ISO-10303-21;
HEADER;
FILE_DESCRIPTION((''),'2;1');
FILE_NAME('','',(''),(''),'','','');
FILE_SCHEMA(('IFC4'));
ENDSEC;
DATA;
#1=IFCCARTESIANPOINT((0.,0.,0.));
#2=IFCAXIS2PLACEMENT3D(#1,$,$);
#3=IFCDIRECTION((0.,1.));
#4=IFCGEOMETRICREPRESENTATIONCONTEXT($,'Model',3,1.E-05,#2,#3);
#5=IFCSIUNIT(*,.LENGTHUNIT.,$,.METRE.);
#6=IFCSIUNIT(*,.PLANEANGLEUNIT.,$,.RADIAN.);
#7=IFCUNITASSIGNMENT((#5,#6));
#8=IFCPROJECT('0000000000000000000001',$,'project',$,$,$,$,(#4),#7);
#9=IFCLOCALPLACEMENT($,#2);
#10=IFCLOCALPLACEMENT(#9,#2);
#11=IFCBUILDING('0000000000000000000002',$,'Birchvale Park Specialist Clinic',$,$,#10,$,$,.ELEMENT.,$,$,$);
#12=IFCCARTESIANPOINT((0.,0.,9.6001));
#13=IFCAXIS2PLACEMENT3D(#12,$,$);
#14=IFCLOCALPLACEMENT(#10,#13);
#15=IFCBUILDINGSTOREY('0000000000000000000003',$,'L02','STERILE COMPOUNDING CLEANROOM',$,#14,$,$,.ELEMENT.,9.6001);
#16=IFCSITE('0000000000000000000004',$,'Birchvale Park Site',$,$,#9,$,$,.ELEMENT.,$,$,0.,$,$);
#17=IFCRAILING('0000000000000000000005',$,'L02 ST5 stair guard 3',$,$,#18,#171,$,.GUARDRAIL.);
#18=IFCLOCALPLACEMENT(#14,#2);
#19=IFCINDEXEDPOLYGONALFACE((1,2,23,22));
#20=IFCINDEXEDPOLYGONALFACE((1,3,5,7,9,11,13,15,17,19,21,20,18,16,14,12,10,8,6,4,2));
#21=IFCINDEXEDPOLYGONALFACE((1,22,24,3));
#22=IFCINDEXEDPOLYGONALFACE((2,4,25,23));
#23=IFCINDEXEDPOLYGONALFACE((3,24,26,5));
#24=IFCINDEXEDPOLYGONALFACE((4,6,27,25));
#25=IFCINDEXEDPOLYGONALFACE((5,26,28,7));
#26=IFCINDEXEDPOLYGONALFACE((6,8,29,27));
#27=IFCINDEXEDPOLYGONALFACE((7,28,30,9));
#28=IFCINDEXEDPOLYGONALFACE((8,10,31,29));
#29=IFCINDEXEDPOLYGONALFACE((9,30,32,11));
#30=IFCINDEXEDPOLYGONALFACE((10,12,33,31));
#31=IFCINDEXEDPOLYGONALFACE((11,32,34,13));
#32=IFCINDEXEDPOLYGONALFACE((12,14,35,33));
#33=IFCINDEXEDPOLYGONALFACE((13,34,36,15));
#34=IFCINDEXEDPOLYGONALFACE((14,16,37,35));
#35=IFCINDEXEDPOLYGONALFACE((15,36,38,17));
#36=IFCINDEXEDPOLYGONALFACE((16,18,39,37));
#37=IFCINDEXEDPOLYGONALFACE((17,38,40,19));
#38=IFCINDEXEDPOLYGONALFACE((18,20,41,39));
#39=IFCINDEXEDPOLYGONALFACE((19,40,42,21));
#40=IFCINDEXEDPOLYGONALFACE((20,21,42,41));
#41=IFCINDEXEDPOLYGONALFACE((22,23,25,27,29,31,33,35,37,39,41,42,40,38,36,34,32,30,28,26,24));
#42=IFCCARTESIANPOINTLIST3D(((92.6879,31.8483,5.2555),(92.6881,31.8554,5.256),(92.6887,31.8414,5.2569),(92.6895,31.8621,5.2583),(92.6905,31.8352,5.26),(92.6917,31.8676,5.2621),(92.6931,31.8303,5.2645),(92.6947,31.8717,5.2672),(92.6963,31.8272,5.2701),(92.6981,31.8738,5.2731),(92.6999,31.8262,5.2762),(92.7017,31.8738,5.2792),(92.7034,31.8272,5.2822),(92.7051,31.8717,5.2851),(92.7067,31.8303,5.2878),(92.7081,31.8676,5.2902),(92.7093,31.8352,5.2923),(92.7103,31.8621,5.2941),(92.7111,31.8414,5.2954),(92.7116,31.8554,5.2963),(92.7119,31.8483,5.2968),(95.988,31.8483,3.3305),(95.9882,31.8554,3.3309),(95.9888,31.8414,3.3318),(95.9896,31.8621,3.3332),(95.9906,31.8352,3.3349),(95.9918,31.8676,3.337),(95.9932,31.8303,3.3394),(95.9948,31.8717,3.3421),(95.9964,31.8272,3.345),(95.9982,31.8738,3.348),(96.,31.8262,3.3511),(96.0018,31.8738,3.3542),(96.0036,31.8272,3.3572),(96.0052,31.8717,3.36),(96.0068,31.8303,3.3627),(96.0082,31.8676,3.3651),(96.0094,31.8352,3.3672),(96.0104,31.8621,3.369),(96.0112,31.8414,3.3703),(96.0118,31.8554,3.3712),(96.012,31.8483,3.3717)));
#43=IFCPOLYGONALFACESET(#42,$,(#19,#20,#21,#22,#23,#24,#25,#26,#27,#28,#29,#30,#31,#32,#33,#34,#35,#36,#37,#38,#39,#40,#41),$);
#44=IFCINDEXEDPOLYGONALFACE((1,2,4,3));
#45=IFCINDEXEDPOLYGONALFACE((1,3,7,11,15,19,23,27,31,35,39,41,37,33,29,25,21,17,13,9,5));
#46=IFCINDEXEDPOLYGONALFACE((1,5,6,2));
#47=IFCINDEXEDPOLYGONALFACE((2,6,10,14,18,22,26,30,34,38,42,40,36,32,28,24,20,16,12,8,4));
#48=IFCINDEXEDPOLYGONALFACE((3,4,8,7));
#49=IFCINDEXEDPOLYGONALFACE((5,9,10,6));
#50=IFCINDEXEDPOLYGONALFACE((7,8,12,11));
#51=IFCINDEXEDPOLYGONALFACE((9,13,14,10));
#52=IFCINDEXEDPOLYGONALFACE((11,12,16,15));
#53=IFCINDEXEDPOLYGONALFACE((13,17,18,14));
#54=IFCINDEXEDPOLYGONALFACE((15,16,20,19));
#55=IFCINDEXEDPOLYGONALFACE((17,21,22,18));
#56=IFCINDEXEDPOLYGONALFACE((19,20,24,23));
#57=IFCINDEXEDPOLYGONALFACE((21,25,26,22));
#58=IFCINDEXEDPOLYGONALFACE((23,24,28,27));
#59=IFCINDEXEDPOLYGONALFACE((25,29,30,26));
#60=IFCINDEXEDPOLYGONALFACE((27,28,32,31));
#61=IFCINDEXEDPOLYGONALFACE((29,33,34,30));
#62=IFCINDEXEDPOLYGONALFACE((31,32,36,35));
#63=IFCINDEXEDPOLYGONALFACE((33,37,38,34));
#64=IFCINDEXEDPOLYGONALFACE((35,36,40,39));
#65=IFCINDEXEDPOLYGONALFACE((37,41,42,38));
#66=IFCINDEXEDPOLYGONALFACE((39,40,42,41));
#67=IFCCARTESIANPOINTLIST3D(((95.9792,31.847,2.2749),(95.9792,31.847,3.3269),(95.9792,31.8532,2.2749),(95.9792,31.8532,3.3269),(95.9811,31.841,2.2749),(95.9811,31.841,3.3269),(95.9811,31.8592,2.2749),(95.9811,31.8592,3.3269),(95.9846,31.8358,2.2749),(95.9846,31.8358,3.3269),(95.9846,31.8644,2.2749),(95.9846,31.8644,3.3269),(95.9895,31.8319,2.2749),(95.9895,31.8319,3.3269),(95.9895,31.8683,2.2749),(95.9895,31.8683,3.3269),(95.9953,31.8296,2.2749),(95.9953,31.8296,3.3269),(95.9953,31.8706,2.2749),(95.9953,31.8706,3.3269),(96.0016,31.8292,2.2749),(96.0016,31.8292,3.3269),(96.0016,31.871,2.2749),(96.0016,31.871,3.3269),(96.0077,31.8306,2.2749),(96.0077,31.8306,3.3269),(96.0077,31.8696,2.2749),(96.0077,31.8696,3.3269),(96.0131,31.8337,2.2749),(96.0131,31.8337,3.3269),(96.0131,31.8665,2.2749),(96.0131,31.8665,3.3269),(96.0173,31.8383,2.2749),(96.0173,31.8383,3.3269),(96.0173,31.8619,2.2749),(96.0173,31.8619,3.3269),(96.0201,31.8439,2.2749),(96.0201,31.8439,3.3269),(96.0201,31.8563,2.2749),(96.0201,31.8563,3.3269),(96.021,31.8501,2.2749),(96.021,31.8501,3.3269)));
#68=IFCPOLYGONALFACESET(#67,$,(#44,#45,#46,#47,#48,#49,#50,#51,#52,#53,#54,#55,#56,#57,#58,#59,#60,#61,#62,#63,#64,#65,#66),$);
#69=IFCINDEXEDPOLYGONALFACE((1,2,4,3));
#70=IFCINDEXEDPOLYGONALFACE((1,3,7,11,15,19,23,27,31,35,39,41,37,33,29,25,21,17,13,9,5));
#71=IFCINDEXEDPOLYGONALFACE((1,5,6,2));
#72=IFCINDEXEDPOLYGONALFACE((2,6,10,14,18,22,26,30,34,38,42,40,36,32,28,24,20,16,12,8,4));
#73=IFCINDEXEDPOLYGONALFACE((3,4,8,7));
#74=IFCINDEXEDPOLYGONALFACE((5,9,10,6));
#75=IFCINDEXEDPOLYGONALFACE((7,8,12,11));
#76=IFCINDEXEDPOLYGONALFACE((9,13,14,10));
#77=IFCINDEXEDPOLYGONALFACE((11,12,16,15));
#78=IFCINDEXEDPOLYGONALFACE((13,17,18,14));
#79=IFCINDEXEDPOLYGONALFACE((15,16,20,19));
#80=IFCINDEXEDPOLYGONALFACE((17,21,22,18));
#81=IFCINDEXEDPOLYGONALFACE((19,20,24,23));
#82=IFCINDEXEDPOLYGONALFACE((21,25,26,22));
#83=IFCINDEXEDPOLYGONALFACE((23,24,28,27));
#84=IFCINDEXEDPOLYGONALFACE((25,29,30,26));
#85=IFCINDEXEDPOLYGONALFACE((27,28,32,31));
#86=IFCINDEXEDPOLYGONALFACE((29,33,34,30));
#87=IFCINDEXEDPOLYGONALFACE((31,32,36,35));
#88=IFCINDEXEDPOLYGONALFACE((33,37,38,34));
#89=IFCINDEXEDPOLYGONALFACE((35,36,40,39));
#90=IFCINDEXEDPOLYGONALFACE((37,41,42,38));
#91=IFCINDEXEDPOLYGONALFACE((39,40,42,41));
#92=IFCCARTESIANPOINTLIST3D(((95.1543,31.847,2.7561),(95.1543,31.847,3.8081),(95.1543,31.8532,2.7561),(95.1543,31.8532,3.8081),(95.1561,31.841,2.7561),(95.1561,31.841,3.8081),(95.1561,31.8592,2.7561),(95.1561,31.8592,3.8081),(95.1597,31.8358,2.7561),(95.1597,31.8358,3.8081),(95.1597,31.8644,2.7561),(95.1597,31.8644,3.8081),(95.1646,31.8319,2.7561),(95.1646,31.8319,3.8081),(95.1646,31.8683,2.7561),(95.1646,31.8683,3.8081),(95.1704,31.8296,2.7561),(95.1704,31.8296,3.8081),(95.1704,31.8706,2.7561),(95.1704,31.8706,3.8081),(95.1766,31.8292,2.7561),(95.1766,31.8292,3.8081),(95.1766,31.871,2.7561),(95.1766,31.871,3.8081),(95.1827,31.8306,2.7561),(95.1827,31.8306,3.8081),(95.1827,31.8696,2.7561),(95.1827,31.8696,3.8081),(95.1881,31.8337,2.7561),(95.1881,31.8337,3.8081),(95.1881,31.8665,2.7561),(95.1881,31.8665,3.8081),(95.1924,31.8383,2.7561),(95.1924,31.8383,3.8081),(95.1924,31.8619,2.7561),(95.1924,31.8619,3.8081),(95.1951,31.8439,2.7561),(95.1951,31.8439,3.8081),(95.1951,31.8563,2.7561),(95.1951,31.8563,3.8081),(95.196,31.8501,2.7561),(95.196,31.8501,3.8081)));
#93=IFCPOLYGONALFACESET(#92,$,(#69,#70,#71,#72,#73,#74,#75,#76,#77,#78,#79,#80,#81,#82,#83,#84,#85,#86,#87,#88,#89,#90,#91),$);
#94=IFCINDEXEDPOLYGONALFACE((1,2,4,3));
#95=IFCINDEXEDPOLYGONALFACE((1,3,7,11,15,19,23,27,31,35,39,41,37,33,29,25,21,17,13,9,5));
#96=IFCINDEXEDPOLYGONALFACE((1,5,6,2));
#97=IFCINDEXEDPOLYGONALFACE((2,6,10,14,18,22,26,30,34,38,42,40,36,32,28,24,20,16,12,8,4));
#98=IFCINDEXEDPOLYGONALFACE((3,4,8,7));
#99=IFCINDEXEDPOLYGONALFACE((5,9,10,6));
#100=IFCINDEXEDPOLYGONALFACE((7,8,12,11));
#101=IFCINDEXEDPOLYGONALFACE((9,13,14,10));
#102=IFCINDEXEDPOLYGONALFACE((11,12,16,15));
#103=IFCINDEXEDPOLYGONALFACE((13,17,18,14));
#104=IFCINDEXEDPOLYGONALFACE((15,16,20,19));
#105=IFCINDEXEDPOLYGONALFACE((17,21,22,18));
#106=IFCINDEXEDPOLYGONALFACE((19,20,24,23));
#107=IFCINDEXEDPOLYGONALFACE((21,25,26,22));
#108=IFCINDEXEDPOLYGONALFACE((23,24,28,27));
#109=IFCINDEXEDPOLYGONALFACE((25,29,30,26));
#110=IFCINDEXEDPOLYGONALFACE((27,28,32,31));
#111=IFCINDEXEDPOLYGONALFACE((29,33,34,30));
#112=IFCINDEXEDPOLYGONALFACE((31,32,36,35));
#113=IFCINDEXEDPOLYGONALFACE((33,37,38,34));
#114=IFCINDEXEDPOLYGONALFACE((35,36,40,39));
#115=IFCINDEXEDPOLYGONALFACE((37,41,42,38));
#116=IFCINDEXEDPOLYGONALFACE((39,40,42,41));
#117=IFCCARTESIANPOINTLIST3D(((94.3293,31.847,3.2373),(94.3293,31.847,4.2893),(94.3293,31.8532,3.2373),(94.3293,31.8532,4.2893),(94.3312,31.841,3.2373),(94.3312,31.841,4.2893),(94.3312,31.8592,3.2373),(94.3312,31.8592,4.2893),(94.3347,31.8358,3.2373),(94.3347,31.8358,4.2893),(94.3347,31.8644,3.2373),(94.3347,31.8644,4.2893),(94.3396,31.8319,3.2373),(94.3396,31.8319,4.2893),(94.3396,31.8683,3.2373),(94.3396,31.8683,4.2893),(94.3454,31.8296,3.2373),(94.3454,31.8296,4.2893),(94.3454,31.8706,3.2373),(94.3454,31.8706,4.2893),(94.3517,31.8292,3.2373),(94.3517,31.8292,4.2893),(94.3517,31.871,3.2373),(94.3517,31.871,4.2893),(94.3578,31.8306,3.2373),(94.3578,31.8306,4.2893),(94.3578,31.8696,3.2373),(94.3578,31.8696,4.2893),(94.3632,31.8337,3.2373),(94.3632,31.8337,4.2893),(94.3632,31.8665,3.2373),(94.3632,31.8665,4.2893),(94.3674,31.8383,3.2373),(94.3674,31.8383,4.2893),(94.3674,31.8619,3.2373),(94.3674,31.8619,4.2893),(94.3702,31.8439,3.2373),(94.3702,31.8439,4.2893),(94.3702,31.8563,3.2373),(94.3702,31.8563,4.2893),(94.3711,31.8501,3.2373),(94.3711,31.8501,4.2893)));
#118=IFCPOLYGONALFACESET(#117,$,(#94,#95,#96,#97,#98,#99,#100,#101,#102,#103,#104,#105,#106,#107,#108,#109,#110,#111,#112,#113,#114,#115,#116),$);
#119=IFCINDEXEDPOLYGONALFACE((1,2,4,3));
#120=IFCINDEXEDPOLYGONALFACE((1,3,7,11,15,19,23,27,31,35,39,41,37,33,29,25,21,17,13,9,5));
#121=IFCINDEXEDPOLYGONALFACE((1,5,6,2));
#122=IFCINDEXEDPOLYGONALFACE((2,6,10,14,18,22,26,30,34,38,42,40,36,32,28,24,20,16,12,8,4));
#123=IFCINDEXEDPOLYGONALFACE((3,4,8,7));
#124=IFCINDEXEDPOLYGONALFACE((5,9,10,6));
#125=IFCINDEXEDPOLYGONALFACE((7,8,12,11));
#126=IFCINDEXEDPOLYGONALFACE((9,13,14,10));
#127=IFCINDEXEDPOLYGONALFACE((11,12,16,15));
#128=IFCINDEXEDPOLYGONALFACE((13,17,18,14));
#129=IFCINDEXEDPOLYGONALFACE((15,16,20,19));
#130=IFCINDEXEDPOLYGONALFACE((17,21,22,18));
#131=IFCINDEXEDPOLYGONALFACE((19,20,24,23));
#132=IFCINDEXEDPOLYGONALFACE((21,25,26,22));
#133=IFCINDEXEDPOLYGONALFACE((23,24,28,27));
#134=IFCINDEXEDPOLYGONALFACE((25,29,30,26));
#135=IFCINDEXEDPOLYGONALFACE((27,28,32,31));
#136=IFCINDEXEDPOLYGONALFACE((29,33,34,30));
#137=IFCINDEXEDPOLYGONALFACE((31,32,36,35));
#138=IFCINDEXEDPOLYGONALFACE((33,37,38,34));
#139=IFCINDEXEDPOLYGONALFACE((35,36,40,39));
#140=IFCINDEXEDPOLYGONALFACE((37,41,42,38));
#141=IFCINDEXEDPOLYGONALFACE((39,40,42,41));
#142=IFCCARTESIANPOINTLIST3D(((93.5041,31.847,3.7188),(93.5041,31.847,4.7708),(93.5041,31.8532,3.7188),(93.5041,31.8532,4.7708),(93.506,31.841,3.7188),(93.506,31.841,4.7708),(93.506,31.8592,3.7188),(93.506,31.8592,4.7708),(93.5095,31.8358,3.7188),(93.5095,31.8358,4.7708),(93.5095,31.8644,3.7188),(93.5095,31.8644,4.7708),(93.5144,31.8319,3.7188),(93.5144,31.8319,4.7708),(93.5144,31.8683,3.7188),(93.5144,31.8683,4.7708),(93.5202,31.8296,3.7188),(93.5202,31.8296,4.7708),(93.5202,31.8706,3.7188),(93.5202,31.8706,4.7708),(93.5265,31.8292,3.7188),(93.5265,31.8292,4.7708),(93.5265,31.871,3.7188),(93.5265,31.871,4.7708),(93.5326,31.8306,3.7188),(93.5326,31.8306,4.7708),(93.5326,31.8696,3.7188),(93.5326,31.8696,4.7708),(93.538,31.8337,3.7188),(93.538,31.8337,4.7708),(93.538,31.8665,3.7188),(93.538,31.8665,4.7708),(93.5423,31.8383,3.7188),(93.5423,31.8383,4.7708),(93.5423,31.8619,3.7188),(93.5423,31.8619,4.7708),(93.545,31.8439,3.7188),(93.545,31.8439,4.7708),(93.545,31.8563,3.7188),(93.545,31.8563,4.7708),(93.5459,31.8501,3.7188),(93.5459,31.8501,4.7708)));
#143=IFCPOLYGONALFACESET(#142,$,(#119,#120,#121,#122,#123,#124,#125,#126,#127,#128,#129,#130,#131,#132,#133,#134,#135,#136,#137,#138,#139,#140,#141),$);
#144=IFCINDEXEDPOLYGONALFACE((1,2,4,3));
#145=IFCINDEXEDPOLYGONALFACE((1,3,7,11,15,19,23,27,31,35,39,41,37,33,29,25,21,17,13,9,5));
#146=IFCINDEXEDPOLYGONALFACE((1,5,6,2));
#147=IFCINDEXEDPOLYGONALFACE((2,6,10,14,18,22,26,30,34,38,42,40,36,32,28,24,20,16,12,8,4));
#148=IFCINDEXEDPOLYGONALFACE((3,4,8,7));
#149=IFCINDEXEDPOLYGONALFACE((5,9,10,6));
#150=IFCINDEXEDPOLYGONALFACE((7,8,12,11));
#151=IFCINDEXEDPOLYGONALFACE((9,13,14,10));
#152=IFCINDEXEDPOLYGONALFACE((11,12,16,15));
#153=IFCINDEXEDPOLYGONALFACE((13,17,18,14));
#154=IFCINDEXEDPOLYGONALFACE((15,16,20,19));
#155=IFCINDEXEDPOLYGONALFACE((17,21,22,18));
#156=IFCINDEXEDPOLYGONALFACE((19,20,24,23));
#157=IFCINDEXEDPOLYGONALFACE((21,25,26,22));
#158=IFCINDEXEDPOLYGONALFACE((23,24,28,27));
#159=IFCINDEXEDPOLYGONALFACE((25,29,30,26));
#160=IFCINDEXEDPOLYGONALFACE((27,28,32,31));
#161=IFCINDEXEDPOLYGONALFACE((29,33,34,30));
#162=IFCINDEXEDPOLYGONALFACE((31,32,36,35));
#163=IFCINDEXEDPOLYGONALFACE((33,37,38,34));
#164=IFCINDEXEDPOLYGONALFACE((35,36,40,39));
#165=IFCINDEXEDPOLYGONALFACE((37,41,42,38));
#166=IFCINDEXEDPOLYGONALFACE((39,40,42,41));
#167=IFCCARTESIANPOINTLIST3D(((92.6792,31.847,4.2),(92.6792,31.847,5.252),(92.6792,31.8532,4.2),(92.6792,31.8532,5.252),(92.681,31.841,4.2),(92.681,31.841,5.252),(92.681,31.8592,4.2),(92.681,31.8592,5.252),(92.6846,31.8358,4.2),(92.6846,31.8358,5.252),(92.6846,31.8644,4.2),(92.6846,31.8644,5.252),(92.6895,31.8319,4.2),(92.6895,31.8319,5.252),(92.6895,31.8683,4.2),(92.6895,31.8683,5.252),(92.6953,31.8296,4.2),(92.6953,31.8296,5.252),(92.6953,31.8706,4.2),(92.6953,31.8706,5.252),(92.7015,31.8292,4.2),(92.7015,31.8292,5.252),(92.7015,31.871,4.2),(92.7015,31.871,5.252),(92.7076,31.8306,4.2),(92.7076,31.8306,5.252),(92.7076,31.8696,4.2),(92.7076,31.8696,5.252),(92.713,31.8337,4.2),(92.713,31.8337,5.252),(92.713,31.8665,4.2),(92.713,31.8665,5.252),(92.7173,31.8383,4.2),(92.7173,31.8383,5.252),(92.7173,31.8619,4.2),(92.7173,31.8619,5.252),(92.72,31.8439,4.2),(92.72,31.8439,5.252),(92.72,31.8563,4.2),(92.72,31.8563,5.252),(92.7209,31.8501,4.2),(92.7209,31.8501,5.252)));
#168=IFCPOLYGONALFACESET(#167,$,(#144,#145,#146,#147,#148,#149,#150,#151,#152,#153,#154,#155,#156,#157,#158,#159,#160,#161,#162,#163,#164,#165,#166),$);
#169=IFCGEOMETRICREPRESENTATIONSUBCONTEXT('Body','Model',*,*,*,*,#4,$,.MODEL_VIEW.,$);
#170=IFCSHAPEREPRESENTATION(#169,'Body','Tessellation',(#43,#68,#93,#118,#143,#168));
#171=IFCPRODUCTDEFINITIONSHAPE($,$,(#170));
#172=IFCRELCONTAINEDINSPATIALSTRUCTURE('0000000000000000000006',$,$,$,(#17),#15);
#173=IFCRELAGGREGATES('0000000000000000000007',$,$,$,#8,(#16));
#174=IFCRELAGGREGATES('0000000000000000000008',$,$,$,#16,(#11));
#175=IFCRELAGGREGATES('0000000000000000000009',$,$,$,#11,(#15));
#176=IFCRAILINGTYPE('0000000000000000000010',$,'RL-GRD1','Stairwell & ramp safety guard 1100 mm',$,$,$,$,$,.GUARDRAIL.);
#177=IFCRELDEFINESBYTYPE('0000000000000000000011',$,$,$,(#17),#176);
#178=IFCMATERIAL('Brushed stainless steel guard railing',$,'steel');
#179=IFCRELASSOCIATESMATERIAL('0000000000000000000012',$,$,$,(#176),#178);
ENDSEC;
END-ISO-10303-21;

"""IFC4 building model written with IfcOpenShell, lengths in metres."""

from ifc_helpers import new_model, si_unit, direction, frame, origin, origin_2d, place, context, subcontext, project, spatial, circle, extrude, material, type_object, element, save


model = new_model("IFC4")

# Units and contexts
model_context = context("Model", 3, precision=1e-05, world=origin(), true_north=direction((0.0, 1.0)))
body_context = subcontext(model_context, "Body", "Model", "MODEL_VIEW")
ifc_project = project(units=[si_unit("LENGTHUNIT", "METRE"), si_unit("PLANEANGLEUNIT", "RADIAN")], contexts=[model_context])

# Site, building, storey
site_placement = place(None, origin())
site = spatial("IfcSite", under=ifc_project, at=site_placement, Name="Birchvale Park Site", CompositionType="ELEMENT", RefElevation=0.0)
building_placement = place(site_placement, origin())
building = spatial("IfcBuilding", under=site, at=building_placement, Name="Birchvale Park Specialist Clinic", CompositionType="ELEMENT")
storey_placement = place(building_placement, frame((0.0, 0.0, 9.6001)))
storey = spatial("IfcBuildingStorey", under=building, at=storey_placement, Name="L02", Description="STERILE COMPOUNDING CLEANROOM", CompositionType="ELEMENT", Elevation=9.6001)

# Railing
ifc_material_1 = material(Name="Brushed stainless steel guard railing", Category="steel")
railing_type_1 = type_object("IfcRailingType", Name="RL-GRD1", Description="Stairwell & ramp safety guard 1100 mm", PredefinedType="GUARDRAIL", material=ifc_material_1)
railing_1_placement = place(storey_placement, frame((96.0, 31.8501, 2.2749)))
element("IfcRailing", 1, at=railing_1_placement, inside=storey, type_object=railing_type_1, Name="L02 ST5 stair guard 3", PredefinedType="GUARDRAIL", context=body_context, shape_type="SweptSolid", body=[
    extrude(circle(Radius=0.0239, at=origin_2d()), frame((0.0, 0.0, 1.0762), z_axis=(-0.863777, 0.0, 0.503875), x_axis=(0.0, -1.0, 0.0)), (0.0, 0.0, 1.0), 3.8206),
    extrude(circle(Radius=0.021, at=origin_2d()), origin(), (0.0, 0.0, 1.0), 1.052),
    extrude(circle(Radius=0.021, at=origin_2d()), frame((-0.825, 0.0, 0.4812)), (0.0, 0.0, 1.0), 1.052),
    extrude(circle(Radius=0.021, at=origin_2d()), frame((-1.6499, 0.0, 0.9624)), (0.0, 0.0, 1.0), 1.052),
    extrude(circle(Radius=0.021, at=origin_2d()), frame((-2.4751, 0.0, 1.4438)), (0.0, 0.0, 1.0), 1.052),
    extrude(circle(Radius=0.021, at=origin_2d()), frame((-3.3, 0.0, 1.925)), (0.0, 0.0, 1.0), 1.052),
])

save(model, "model.ifc")
